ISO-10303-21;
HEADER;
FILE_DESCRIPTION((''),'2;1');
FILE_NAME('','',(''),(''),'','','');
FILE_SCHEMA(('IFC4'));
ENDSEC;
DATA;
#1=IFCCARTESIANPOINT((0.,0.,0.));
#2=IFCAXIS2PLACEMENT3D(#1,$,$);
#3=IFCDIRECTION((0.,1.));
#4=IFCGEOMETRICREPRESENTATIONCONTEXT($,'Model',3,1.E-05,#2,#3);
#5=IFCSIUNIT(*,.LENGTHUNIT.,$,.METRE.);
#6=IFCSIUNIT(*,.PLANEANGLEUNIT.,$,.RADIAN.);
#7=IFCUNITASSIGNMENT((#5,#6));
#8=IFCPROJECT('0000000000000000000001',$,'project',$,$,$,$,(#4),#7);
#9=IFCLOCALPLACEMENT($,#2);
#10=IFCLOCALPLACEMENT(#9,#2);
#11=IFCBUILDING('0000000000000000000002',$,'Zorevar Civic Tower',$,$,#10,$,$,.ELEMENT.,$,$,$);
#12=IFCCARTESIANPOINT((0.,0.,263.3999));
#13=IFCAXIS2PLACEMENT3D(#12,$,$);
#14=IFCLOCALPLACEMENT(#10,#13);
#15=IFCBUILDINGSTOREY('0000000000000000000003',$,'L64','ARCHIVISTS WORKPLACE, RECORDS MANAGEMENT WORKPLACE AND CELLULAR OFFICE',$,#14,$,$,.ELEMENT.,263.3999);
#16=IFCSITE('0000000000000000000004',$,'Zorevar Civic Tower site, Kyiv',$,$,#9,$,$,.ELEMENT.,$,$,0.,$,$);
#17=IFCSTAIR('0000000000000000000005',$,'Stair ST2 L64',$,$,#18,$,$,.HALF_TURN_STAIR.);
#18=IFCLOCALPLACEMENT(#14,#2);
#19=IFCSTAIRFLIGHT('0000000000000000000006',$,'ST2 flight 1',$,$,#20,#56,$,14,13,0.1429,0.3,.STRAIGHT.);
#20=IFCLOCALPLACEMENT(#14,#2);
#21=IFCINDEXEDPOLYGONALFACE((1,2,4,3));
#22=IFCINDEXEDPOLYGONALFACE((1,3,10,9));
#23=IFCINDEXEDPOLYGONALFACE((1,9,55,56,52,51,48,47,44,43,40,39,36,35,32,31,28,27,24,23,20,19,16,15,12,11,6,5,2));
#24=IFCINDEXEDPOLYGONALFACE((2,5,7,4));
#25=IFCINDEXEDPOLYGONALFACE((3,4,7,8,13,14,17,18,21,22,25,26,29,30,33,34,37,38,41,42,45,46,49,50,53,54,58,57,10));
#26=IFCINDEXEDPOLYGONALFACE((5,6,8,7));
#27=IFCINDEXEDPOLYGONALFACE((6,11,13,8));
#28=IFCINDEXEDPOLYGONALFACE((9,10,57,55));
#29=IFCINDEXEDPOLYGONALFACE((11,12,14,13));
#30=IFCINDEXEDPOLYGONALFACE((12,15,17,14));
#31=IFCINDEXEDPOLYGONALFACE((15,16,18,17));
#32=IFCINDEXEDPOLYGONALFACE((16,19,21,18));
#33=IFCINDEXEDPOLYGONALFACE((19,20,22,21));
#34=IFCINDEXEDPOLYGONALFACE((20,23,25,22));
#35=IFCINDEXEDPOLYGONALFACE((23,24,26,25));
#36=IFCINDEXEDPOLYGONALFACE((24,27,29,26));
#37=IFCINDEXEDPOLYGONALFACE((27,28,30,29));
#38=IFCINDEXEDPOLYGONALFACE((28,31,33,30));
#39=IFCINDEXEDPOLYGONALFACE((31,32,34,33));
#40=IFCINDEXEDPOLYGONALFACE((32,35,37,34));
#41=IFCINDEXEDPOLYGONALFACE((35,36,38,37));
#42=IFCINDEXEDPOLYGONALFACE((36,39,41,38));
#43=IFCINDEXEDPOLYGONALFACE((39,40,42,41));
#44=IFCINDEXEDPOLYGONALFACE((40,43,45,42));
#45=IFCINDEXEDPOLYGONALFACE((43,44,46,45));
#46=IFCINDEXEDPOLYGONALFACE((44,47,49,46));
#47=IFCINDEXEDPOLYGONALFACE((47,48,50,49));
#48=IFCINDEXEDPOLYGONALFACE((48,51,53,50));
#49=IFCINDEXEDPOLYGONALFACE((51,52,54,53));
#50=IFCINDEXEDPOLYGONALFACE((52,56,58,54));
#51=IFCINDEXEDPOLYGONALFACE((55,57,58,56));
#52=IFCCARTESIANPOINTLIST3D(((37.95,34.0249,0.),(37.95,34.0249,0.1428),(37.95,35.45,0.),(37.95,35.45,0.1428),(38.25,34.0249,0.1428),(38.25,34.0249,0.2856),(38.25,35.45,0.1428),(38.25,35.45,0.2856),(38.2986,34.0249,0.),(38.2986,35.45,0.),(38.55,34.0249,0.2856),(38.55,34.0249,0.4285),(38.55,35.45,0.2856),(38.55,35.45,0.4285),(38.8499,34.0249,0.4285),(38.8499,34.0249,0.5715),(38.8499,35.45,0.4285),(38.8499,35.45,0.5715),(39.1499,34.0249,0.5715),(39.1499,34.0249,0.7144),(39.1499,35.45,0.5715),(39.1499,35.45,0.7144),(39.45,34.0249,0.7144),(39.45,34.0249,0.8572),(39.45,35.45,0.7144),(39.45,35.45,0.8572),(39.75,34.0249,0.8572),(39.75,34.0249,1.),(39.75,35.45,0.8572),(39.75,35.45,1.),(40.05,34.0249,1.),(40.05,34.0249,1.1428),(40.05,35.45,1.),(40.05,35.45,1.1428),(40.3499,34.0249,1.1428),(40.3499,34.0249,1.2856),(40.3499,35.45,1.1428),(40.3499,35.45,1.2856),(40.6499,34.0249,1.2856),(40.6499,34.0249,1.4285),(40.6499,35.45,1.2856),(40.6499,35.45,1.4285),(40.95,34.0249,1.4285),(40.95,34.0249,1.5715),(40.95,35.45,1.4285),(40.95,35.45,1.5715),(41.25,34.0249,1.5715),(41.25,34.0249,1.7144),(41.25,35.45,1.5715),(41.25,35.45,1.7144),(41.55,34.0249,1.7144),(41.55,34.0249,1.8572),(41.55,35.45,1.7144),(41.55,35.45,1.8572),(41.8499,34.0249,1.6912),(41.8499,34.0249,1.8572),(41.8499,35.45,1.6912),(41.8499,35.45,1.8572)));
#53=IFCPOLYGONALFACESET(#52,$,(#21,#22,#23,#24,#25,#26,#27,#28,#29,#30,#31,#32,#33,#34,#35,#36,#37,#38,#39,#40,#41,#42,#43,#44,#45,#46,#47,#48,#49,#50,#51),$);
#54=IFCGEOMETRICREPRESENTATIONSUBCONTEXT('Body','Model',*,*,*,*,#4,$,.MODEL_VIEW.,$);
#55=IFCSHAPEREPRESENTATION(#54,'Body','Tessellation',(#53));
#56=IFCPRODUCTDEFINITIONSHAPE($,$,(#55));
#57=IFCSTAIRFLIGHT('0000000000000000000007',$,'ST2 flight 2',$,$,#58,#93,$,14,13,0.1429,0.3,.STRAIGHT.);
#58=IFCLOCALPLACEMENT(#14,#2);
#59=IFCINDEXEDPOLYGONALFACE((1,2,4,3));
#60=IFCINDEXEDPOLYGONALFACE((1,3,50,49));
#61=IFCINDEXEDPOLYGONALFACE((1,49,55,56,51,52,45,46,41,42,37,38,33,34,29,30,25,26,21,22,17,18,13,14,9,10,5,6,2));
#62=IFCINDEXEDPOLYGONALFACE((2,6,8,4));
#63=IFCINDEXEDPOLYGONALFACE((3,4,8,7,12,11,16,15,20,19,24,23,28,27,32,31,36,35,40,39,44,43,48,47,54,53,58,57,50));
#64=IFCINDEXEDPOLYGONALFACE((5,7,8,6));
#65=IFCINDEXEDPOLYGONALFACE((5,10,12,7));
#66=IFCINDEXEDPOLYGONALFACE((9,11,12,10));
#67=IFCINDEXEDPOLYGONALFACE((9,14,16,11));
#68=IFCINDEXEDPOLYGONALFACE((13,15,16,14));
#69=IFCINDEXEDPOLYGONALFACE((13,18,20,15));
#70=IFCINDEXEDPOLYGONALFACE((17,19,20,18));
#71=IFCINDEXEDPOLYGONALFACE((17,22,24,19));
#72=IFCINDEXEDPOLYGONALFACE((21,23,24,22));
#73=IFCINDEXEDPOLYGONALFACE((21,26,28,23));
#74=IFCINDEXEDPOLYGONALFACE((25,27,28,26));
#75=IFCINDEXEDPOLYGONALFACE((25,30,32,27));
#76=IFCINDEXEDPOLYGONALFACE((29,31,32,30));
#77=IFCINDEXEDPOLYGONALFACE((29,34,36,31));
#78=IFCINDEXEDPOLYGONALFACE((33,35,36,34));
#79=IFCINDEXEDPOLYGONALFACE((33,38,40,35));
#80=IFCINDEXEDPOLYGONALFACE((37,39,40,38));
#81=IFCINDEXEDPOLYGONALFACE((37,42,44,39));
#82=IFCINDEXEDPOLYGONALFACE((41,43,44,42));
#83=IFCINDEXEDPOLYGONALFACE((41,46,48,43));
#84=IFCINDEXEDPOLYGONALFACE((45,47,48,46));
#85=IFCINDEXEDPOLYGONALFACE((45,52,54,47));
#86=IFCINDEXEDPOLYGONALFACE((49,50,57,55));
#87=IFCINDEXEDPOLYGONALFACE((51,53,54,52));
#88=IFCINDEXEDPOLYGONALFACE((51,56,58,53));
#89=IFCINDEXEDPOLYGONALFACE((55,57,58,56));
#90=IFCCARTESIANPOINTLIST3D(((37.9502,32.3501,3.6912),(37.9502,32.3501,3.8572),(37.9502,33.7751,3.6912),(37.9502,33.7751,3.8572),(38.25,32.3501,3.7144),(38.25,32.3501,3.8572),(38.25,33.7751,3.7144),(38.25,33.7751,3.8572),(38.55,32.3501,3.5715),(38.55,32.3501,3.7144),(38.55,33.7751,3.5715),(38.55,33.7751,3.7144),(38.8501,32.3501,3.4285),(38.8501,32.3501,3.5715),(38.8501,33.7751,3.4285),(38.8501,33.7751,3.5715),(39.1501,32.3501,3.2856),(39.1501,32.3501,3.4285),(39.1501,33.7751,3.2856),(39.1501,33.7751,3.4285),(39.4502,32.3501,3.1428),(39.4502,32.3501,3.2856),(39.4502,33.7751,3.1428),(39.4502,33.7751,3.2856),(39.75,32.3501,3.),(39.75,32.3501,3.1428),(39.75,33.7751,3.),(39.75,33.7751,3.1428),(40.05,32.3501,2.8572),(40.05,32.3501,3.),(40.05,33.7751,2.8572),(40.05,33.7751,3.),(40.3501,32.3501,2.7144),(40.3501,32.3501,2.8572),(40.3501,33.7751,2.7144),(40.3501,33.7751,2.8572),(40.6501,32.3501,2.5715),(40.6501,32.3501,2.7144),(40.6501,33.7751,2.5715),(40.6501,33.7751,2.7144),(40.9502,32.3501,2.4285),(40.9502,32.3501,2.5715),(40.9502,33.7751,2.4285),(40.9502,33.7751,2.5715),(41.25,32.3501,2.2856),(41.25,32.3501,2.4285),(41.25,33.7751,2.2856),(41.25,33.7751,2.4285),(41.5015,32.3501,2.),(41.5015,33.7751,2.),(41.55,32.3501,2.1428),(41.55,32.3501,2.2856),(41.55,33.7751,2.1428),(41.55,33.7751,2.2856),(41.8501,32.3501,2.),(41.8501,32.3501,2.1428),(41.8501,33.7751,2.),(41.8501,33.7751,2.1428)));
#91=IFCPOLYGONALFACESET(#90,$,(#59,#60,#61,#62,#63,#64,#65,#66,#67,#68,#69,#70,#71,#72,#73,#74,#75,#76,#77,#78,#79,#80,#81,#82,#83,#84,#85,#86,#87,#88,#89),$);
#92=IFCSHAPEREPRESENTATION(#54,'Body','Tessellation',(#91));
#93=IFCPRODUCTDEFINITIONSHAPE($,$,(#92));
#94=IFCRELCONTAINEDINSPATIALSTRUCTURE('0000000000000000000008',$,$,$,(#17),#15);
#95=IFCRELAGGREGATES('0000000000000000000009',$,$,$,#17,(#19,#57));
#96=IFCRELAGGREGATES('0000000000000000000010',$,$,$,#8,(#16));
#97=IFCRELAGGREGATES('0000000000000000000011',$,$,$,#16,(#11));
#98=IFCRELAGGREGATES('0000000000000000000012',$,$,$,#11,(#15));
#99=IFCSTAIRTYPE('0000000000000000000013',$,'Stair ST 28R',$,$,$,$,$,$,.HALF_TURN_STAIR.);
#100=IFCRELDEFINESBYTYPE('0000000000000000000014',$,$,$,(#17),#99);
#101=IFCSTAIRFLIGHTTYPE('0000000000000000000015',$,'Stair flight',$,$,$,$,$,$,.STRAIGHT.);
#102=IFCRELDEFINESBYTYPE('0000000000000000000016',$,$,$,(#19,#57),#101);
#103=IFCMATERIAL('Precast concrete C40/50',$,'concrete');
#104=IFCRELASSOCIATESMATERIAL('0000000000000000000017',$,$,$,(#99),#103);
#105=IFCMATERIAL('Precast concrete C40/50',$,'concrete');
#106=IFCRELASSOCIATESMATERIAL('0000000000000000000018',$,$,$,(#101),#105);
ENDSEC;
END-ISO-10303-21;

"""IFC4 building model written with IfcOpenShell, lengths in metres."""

from ifc_helpers import new_model, si_unit, direction, frame, origin, place, context, subcontext, project, spatial, polyline, outline, extrude, material, type_object, element, aggregate, save


model = new_model("IFC4")

# Units and contexts
model_context = context("Model", 3, precision=1e-05, world=origin(), true_north=direction((0.0, 1.0)))
body_context = subcontext(model_context, "Body", "Model", "MODEL_VIEW")
ifc_project = project(units=[si_unit("LENGTHUNIT", "METRE"), si_unit("PLANEANGLEUNIT", "RADIAN")], contexts=[model_context])

# Site, building, storey
site_placement = place(None, origin())
site = spatial("IfcSite", under=ifc_project, at=site_placement, Name="Zorevar Civic Tower site, Kyiv", CompositionType="ELEMENT", RefElevation=0.0)
building_placement = place(site_placement, origin())
building = spatial("IfcBuilding", under=site, at=building_placement, Name="Zorevar Civic Tower", CompositionType="ELEMENT")
storey_placement = place(building_placement, frame((0.0, 0.0, 263.3999)))
storey = spatial("IfcBuildingStorey", under=building, at=storey_placement, Name="L64", Description="ARCHIVISTS WORKPLACE, RECORDS MANAGEMENT WORKPLACE AND CELLULAR OFFICE", CompositionType="ELEMENT", Elevation=263.3999)

# Stair, stair flights
ifc_material_1 = material(Name="Precast concrete C40/50", Category="concrete")
stair_type = type_object("IfcStairType", Name="Stair ST 28R", PredefinedType="HALF_TURN_STAIR", material=ifc_material_1)
stair_placement = place(storey_placement, origin())
stair = element("IfcStair", 1, at=stair_placement, inside=storey, type_object=stair_type, Name="Stair ST2 L64", PredefinedType="HALF_TURN_STAIR")
ifc_material_2 = material(Name="Precast concrete C40/50", Category="concrete")
stair_flight_type = type_object("IfcStairFlightType", Name="Stair flight", PredefinedType="STRAIGHT", material=ifc_material_2)
stair_flight_1_placement = place(storey_placement, frame((37.95, 34.7375, 0.0), z_axis=(0.0, 0.0, 1.0), x_axis=(1.0, 0.0, 0.0)))
stair_flight_1 = element("IfcStairFlight", 2, at=stair_flight_1_placement, type_object=stair_flight_type, Name="ST2 flight 1", NumberOfRisers=14, NumberOfTreads=13, PredefinedType="STRAIGHT", RiserHeight=0.1429, TreadLength=0.3, context=body_context, shape_type="SweptSolid", body=[
    extrude(outline(polyline([(0.0, 0.0), (0.0, 0.1428), (0.3, 0.1428), (0.3, 0.2856), (0.6001, 0.2856), (0.6001, 0.4285), (0.8999, 0.4285), (0.8999, 0.5715), (1.2, 0.5715), (1.2, 0.7144), (1.5, 0.7144), (1.5, 0.8572), (1.8, 0.8572), (1.8, 1.0), (2.1001, 1.0), (2.1001, 1.1428), (2.3999, 1.1428), (2.3999, 1.2856), (2.7, 1.2856), (2.7, 1.4285), (3.0, 1.4285), (3.0, 1.5715), (3.3, 1.5715), (3.3, 1.7144), (3.6001, 1.7144), (3.6001, 1.8572), (3.8999, 1.8572), (3.8999, 2.0), (3.8999, 1.6912), (0.3486, 0.0), (0.0, 0.0)])), frame((0.0, 0.7124, 0.0), z_axis=(0.0, -1.0, 0.0), x_axis=(1.0, 0.0, 0.0)), (0.0, 0.0, 1.0), 1.425),
])
stair_flight_2_placement = place(storey_placement, frame((41.8501, 33.0625, 2.0), z_axis=(0.0, 0.0, 1.0), x_axis=(-1.0, 0.0, 0.0)))
stair_flight_2 = element("IfcStairFlight", 3, at=stair_flight_2_placement, type_object=stair_flight_type, Name="ST2 flight 2", NumberOfRisers=14, NumberOfTreads=13, PredefinedType="STRAIGHT", RiserHeight=0.1429, TreadLength=0.3, context=body_context, shape_type="SweptSolid", body=[
    extrude(outline(polyline([(0.0, 0.0), (0.0, 0.1428), (0.3, 0.1428), (0.3, 0.2856), (0.6001, 0.2856), (0.6001, 0.4285), (0.8999, 0.4285), (0.8999, 0.5715), (1.2, 0.5715), (1.2, 0.7144), (1.5, 0.7144), (1.5, 0.8572), (1.8, 0.8572), (1.8, 1.0), (2.1001, 1.0), (2.1001, 1.1428), (2.3999, 1.1428), (2.3999, 1.2856), (2.7, 1.2856), (2.7, 1.4285), (3.0, 1.4285), (3.0, 1.5715), (3.3, 1.5715), (3.3, 1.7144), (3.6001, 1.7144), (3.6001, 1.8572), (3.8999, 1.8572), (3.8999, 2.0), (3.8999, 1.6912), (0.3486, 0.0), (0.0, 0.0)])), frame((0.0, 0.7124, 0.0), z_axis=(0.0, -1.0, 0.0), x_axis=(1.0, 0.0, 0.0)), (0.0, 0.0, 1.0), 1.425),
])
aggregate(stair, [stair_flight_1, stair_flight_2])

save(model, "model.ifc")
